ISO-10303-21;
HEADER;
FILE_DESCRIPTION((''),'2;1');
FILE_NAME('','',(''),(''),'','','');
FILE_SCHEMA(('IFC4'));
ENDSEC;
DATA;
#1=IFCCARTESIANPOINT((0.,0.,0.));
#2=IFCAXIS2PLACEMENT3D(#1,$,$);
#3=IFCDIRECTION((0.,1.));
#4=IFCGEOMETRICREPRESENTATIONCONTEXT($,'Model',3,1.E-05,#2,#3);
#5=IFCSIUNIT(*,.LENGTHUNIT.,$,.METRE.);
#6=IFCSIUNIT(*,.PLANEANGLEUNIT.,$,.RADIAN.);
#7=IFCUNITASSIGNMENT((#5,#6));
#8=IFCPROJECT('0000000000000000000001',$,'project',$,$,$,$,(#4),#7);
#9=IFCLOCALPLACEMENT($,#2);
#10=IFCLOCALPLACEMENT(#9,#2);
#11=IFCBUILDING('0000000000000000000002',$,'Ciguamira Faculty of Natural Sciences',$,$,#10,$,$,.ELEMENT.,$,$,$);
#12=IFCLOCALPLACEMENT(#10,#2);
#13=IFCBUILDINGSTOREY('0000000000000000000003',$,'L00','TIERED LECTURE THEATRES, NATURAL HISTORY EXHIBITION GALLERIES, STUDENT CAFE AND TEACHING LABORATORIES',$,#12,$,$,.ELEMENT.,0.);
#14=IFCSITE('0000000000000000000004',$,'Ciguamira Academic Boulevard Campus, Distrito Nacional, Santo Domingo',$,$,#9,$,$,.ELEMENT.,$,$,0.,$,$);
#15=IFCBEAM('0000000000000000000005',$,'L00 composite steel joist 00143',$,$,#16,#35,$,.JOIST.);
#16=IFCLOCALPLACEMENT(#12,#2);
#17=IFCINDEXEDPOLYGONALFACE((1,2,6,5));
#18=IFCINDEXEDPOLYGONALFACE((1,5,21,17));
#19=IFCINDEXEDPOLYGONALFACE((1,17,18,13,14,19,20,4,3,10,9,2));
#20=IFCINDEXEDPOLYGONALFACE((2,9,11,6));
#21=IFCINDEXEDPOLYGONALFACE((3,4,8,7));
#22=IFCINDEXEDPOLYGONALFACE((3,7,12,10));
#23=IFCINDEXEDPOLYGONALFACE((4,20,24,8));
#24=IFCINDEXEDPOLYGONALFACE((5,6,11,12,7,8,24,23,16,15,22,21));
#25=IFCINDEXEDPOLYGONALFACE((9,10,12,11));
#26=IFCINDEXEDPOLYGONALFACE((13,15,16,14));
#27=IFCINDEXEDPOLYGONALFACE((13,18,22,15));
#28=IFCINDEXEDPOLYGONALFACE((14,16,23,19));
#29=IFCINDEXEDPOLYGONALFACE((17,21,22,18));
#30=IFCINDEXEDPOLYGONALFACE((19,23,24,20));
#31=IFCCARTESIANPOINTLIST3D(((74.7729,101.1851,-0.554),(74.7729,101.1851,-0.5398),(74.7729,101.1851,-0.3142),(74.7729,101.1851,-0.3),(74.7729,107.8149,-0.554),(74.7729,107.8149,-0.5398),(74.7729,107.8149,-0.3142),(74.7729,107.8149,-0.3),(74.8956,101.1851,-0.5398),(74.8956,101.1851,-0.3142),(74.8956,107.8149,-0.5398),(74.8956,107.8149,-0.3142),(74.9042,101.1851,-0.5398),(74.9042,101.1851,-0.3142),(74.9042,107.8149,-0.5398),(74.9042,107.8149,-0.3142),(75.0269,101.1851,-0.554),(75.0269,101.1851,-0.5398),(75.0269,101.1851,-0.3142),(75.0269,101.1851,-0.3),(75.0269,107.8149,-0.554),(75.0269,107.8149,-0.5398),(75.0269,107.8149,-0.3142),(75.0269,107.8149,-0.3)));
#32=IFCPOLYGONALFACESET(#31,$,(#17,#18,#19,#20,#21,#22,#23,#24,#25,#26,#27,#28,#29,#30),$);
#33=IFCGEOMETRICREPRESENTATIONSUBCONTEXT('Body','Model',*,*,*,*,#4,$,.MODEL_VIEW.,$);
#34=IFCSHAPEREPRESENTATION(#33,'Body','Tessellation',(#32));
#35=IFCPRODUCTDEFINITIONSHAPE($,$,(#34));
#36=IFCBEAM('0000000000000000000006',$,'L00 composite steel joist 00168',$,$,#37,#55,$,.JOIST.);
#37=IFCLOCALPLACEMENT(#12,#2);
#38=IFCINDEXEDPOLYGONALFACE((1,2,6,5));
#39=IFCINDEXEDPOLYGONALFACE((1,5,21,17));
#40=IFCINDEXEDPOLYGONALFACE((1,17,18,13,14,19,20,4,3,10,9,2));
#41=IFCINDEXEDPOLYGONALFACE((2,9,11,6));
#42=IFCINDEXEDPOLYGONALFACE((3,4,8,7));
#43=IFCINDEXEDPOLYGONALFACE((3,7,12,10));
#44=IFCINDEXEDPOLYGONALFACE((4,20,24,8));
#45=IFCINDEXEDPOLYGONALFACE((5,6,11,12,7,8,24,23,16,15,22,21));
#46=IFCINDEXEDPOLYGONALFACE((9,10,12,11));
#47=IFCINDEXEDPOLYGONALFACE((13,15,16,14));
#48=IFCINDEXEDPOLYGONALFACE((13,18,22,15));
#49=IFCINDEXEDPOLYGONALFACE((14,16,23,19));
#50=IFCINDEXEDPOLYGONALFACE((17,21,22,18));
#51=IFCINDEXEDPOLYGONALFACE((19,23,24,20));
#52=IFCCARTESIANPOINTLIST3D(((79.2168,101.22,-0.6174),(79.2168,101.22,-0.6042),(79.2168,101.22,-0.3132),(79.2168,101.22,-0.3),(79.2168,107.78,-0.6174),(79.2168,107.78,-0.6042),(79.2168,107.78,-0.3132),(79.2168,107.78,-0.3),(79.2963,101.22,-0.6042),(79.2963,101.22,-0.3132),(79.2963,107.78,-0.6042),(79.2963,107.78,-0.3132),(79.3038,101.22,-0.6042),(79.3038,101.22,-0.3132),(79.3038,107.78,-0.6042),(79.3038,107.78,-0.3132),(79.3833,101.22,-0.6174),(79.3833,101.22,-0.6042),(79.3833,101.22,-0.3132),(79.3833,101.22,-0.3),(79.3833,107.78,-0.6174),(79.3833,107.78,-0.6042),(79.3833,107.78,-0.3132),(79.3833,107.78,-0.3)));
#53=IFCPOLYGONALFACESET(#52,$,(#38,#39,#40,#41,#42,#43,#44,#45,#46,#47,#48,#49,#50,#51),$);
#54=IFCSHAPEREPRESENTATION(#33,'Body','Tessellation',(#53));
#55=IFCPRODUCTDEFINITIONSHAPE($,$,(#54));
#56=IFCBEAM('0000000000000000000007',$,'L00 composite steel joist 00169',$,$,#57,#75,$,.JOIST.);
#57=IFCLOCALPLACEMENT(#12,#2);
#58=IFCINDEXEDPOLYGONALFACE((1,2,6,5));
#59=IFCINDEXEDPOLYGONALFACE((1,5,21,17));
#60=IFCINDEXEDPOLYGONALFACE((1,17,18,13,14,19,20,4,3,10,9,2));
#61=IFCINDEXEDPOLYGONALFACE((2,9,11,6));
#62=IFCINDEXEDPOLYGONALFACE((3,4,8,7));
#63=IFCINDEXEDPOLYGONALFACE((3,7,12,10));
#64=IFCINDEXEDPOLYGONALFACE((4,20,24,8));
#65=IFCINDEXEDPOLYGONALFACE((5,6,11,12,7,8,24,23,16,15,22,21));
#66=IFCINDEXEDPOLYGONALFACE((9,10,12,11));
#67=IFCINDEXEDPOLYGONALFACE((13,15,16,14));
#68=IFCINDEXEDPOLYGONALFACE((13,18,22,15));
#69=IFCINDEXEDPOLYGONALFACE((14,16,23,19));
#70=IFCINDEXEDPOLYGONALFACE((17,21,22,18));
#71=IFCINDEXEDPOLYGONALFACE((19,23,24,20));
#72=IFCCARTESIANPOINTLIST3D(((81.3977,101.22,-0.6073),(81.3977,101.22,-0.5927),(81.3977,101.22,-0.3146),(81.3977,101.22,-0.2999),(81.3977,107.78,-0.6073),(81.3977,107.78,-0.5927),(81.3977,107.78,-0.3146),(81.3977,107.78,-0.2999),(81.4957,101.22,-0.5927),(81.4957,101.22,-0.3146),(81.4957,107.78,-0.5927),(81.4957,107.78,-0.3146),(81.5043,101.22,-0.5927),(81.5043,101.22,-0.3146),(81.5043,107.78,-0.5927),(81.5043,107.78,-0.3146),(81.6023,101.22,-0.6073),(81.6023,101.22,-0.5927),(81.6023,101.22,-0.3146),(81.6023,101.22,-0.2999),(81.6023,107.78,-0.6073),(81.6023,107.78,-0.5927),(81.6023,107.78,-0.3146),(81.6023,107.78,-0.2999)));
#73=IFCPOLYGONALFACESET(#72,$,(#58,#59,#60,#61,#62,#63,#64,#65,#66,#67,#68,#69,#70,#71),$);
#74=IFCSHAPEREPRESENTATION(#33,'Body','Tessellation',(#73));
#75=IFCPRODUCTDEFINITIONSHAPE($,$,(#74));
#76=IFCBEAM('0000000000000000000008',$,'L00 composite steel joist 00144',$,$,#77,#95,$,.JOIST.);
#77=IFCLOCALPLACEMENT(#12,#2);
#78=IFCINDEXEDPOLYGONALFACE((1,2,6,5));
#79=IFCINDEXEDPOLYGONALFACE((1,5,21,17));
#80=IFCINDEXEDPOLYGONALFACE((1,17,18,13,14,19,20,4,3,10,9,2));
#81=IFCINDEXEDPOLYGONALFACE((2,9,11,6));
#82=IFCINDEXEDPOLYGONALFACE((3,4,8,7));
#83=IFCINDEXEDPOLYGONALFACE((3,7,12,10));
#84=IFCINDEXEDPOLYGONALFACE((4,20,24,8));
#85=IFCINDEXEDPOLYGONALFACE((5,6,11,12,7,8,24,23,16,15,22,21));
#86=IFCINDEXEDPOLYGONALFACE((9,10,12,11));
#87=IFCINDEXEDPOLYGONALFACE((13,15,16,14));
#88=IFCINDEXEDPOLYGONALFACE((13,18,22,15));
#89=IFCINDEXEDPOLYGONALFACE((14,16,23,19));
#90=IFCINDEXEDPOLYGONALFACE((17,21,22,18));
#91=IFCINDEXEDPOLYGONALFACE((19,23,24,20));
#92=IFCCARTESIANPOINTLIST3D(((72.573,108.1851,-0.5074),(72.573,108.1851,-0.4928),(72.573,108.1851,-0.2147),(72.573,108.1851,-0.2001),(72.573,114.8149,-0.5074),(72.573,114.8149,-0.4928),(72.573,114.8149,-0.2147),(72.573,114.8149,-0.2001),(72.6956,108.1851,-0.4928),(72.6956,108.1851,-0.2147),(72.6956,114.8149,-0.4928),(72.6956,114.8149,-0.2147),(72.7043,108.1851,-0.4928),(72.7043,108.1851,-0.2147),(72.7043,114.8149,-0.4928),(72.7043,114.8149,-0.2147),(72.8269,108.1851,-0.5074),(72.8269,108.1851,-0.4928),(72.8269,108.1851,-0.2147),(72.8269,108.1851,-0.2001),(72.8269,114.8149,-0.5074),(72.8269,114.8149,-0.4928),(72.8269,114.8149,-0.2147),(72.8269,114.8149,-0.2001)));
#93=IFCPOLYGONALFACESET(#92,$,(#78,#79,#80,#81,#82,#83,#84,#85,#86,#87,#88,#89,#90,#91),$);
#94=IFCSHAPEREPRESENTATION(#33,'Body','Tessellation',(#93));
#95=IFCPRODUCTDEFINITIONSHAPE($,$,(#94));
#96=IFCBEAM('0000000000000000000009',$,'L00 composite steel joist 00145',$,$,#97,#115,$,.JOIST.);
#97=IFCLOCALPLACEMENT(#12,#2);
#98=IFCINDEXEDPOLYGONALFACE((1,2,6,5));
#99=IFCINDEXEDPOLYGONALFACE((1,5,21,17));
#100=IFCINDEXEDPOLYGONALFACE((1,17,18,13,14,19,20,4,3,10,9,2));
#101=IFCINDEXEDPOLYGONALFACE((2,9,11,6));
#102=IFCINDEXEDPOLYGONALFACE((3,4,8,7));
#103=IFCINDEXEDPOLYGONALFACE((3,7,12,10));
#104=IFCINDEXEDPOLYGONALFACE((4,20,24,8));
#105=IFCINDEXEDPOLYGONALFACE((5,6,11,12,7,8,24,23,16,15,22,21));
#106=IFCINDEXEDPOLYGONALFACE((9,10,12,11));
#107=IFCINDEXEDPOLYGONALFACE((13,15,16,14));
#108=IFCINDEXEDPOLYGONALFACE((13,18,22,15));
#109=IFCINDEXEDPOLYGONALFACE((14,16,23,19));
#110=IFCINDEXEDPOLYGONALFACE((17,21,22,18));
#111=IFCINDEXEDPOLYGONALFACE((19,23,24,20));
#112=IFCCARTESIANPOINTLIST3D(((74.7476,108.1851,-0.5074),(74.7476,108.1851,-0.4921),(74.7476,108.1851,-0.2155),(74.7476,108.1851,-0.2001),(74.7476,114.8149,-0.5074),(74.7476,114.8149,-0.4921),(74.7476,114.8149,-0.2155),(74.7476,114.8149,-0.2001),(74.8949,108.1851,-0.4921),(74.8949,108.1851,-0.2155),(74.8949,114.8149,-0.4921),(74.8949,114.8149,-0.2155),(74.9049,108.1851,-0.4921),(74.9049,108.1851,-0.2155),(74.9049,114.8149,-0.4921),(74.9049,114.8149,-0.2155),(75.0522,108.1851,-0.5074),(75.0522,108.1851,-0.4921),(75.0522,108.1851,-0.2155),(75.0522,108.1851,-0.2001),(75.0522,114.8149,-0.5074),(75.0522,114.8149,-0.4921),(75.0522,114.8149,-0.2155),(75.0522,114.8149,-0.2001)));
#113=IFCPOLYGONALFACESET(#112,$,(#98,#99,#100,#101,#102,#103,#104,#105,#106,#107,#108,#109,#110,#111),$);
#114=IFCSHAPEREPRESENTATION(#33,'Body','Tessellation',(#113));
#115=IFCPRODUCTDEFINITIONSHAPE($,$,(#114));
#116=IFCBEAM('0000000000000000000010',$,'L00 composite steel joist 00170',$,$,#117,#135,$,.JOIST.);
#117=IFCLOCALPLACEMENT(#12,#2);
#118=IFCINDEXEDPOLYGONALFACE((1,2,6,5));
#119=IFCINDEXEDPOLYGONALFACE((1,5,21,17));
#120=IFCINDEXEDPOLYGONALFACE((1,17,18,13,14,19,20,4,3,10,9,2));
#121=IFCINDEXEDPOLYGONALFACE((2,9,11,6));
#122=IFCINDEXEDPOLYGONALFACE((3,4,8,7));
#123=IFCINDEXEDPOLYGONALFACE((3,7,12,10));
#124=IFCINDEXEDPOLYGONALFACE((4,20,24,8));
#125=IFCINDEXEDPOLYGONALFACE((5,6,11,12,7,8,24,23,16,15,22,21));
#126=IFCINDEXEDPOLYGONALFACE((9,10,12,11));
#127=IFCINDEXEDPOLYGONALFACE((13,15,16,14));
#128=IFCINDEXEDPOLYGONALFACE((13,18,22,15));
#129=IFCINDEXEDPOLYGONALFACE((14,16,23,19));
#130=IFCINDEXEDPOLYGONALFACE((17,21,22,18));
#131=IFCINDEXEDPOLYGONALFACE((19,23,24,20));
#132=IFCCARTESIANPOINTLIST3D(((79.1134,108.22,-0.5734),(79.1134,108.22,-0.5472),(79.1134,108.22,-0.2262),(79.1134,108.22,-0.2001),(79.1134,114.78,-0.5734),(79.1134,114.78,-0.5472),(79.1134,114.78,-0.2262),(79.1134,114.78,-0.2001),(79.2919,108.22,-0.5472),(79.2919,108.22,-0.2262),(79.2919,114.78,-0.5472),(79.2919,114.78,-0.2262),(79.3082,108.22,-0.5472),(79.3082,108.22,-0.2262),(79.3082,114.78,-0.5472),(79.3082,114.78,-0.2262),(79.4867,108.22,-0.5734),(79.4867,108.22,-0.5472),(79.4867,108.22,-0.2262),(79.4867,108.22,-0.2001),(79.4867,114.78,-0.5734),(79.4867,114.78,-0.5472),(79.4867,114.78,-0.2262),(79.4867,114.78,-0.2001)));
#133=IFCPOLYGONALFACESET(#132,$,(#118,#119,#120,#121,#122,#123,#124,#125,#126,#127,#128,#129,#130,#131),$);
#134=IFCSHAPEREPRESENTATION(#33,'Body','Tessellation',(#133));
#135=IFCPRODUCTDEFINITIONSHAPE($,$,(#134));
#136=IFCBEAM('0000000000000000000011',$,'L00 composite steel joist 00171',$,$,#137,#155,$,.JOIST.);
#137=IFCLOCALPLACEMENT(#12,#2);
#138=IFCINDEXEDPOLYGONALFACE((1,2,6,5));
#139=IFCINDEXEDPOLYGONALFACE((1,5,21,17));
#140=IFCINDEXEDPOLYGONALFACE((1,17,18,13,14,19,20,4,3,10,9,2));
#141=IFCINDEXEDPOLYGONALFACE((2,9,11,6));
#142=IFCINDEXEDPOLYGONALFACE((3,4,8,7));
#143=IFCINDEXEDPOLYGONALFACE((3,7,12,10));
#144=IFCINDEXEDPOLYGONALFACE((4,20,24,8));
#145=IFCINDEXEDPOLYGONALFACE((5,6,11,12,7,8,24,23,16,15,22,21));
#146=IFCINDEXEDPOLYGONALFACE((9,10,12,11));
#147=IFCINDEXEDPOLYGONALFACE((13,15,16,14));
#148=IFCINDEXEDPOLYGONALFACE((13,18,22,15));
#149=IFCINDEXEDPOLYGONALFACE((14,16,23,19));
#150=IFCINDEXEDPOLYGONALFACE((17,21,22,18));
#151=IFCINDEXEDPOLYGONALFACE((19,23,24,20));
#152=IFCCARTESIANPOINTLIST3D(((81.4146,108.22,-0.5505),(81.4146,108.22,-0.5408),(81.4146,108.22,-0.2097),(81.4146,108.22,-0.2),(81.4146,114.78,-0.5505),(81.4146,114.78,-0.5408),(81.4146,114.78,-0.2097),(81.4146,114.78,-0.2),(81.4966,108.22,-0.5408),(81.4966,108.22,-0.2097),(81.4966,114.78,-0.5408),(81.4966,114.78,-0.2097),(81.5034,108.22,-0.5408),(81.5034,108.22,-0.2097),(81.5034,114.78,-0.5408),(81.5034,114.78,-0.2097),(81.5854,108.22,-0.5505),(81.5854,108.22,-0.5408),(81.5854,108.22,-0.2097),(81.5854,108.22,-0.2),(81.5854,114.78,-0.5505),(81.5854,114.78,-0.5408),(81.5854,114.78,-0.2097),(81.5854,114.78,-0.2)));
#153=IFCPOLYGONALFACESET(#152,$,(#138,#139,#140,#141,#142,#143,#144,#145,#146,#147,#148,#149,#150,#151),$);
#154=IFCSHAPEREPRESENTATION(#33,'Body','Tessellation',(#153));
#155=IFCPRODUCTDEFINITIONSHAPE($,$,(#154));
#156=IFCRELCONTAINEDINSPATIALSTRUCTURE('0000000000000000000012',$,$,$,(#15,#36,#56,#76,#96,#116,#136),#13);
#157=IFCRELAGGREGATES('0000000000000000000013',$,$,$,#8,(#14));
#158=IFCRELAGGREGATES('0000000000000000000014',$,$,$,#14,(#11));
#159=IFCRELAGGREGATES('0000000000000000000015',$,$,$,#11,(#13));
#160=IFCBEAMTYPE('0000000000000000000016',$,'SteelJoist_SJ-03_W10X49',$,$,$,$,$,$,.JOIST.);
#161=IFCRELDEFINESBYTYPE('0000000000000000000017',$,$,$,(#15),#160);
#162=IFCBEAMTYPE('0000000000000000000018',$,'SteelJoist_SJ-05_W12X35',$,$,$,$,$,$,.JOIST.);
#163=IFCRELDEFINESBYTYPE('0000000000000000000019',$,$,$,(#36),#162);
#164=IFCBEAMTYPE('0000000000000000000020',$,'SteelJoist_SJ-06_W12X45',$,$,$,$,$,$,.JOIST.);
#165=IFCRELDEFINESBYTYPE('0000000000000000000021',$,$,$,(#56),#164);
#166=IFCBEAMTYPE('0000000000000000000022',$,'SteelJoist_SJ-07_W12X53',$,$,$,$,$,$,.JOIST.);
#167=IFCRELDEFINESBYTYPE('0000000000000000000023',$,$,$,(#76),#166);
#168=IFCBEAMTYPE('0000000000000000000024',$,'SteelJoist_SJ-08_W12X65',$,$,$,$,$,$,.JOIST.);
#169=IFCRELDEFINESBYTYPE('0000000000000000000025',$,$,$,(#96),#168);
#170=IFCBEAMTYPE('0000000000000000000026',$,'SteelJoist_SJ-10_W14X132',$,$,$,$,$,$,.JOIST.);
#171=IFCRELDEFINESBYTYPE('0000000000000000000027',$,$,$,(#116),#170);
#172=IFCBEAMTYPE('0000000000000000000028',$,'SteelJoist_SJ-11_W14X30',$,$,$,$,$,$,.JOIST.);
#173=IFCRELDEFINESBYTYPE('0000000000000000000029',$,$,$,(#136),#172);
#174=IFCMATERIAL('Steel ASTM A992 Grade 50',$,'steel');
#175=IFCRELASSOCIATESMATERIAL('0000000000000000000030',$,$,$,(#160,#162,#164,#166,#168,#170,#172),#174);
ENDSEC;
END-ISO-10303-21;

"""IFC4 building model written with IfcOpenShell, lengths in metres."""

from ifc_helpers import new_model, si_unit, direction, frame, origin, origin_2d, place, context, subcontext, project, spatial, i_section, extrude, material, material_profile, profile_set, type_object, element, save


model = new_model("IFC4")

# Units and contexts
model_context = context("Model", 3, precision=1e-05, world=origin(), true_north=direction((0.0, 1.0)))
body_context = subcontext(model_context, "Body", "Model", "MODEL_VIEW")
ifc_project = project(units=[si_unit("LENGTHUNIT", "METRE"), si_unit("PLANEANGLEUNIT", "RADIAN")], contexts=[model_context])

# Site, building, storey
site_placement = place(None, origin())
site = spatial("IfcSite", under=ifc_project, at=site_placement, Name="Ciguamira Academic Boulevard Campus, Distrito Nacional, Santo Domingo", CompositionType="ELEMENT", RefElevation=0.0)
building_placement = place(site_placement, origin())
building = spatial("IfcBuilding", under=site, at=building_placement, Name="Ciguamira Faculty of Natural Sciences", CompositionType="ELEMENT")
storey_placement = place(building_placement, origin())
storey = spatial("IfcBuildingStorey", under=building, at=storey_placement, Name="L00", Description="TIERED LECTURE THEATRES, NATURAL HISTORY EXHIBITION GALLERIES, STUDENT CAFE AND TEACHING LABORATORIES", CompositionType="ELEMENT", Elevation=0.0)

# Beams
ifc_material_1 = material(Name="Steel ASTM A992 Grade 50", Category="steel")
ifc_material_profile_1 = material_profile(ifc_material_1, i_section(OverallWidth=0.2539, OverallDepth=0.2539, WebThickness=0.0085, FlangeThickness=0.0142, at=origin_2d()), Name="W10X49")
ifc_profile_set_1 = profile_set([ifc_material_profile_1], Name="Steel ASTM A992 Grade 50")
beam_type_1 = type_object("IfcBeamType", Name="SteelJoist_SJ-03_W10X49", PredefinedType="JOIST", material=ifc_profile_set_1)
beam_1_placement = place(storey_placement, frame((74.8999, 101.1851, -0.427), z_axis=(0.0, 1.0, 0.0), x_axis=(-1.0, 0.0, 0.0)))
element("IfcBeam", 1, at=beam_1_placement, inside=storey, type_object=beam_type_1, Name="L00 composite steel joist 00143", PredefinedType="JOIST", context=body_context, shape_type="SweptSolid", body=[
    extrude(i_section(OverallWidth=0.2539, OverallDepth=0.2539, WebThickness=0.0085, FlangeThickness=0.0142, at=origin_2d()), origin(), (0.0, 0.0, 1.0), 6.6299),
])
ifc_material_profile_2 = material_profile(ifc_material_1, i_section(OverallWidth=0.1665, OverallDepth=0.3174, WebThickness=0.0076, FlangeThickness=0.0132, at=origin_2d()), Name="W12X35")
ifc_profile_set_2 = profile_set([ifc_material_profile_2], Name="Steel ASTM A992 Grade 50")
beam_type_2 = type_object("IfcBeamType", Name="SteelJoist_SJ-05_W12X35", PredefinedType="JOIST", material=ifc_profile_set_2)
beam_2_placement = place(storey_placement, frame((79.3, 101.22, -0.4587), z_axis=(0.0, 1.0, 0.0), x_axis=(-1.0, 0.0, 0.0)))
element("IfcBeam", 2, at=beam_2_placement, inside=storey, type_object=beam_type_2, Name="L00 composite steel joist 00168", PredefinedType="JOIST", context=body_context, shape_type="SweptSolid", body=[
    extrude(i_section(OverallWidth=0.1665, OverallDepth=0.3174, WebThickness=0.0076, FlangeThickness=0.0132, at=origin_2d()), origin(), (0.0, 0.0, 1.0), 6.5601),
])
ifc_material_profile_3 = material_profile(ifc_material_1, i_section(OverallWidth=0.2046, OverallDepth=0.3074, WebThickness=0.0085, FlangeThickness=0.0146, at=origin_2d()), Name="W12X45")
ifc_profile_set_3 = profile_set([ifc_material_profile_3], Name="Steel ASTM A992 Grade 50")
beam_type_3 = type_object("IfcBeamType", Name="SteelJoist_SJ-06_W12X45", PredefinedType="JOIST", material=ifc_profile_set_3)
beam_3_placement = place(storey_placement, frame((81.5, 101.22, -0.4536), z_axis=(0.0, 1.0, 0.0), x_axis=(-1.0, 0.0, 0.0)))
element("IfcBeam", 3, at=beam_3_placement, inside=storey, type_object=beam_type_3, Name="L00 composite steel joist 00169", PredefinedType="JOIST", context=body_context, shape_type="SweptSolid", body=[
    extrude(i_section(OverallWidth=0.2046, OverallDepth=0.3074, WebThickness=0.0085, FlangeThickness=0.0146, at=origin_2d()), origin(), (0.0, 0.0, 1.0), 6.5601),
])
ifc_material_profile_4 = material_profile(ifc_material_1, i_section(OverallWidth=0.2539, OverallDepth=0.3074, WebThickness=0.0088, FlangeThickness=0.0146, at=origin_2d()), Name="W12X53")
ifc_profile_set_4 = profile_set([ifc_material_profile_4], Name="Steel ASTM A992 Grade 50")
beam_type_4 = type_object("IfcBeamType", Name="SteelJoist_SJ-07_W12X53", PredefinedType="JOIST", material=ifc_profile_set_4)
beam_4_placement = place(storey_placement, frame((72.7, 108.1851, -0.3538), z_axis=(0.0, 1.0, 0.0), x_axis=(-1.0, 0.0, 0.0)))
element("IfcBeam", 4, at=beam_4_placement, inside=storey, type_object=beam_type_4, Name="L00 composite steel joist 00144", PredefinedType="JOIST", context=body_context, shape_type="SweptSolid", body=[
    extrude(i_section(OverallWidth=0.2539, OverallDepth=0.3074, WebThickness=0.0088, FlangeThickness=0.0146, at=origin_2d()), origin(), (0.0, 0.0, 1.0), 6.6299),
])
ifc_material_profile_5 = material_profile(ifc_material_1, i_section(OverallWidth=0.3047, OverallDepth=0.3074, WebThickness=0.01, FlangeThickness=0.0154, at=origin_2d()), Name="W12X65")
ifc_profile_set_5 = profile_set([ifc_material_profile_5], Name="Steel ASTM A992 Grade 50")
beam_type_5 = type_object("IfcBeamType", Name="SteelJoist_SJ-08_W12X65", PredefinedType="JOIST", material=ifc_profile_set_5)
beam_5_placement = place(storey_placement, frame((74.8999, 108.1851, -0.3538), z_axis=(0.0, 1.0, 0.0), x_axis=(-1.0, 0.0, 0.0)))
element("IfcBeam", 5, at=beam_5_placement, inside=storey, type_object=beam_type_5, Name="L00 composite steel joist 00145", PredefinedType="JOIST", context=body_context, shape_type="SweptSolid", body=[
    extrude(i_section(OverallWidth=0.3047, OverallDepth=0.3074, WebThickness=0.01, FlangeThickness=0.0154, at=origin_2d()), origin(), (0.0, 0.0, 1.0), 6.6299),
])
ifc_material_profile_6 = material_profile(ifc_material_1, i_section(OverallWidth=0.3733, OverallDepth=0.3733, WebThickness=0.0164, FlangeThickness=0.0261, at=origin_2d()), Name="W14X132")
ifc_profile_set_6 = profile_set([ifc_material_profile_6], Name="Steel ASTM A992 Grade 50")
beam_type_6 = type_object("IfcBeamType", Name="SteelJoist_SJ-10_W14X132", PredefinedType="JOIST", material=ifc_profile_set_6)
beam_6_placement = place(storey_placement, frame((79.3, 108.22, -0.3867), z_axis=(0.0, 1.0, 0.0), x_axis=(-1.0, 0.0, 0.0)))
element("IfcBeam", 6, at=beam_6_placement, inside=storey, type_object=beam_type_6, Name="L00 composite steel joist 00170", PredefinedType="JOIST", context=body_context, shape_type="SweptSolid", body=[
    extrude(i_section(OverallWidth=0.3733, OverallDepth=0.3733, WebThickness=0.0164, FlangeThickness=0.0261, at=origin_2d()), origin(), (0.0, 0.0, 1.0), 6.5601),
])
ifc_material_profile_7 = material_profile(ifc_material_1, i_section(OverallWidth=0.1709, OverallDepth=0.3506, WebThickness=0.0068, FlangeThickness=0.0098, at=origin_2d()), Name="W14X30")
ifc_profile_set_7 = profile_set([ifc_material_profile_7], Name="Steel ASTM A992 Grade 50")
beam_type_7 = type_object("IfcBeamType", Name="SteelJoist_SJ-11_W14X30", PredefinedType="JOIST", material=ifc_profile_set_7)
beam_7_placement = place(storey_placement, frame((81.5, 108.22, -0.3752), z_axis=(0.0, 1.0, 0.0), x_axis=(-1.0, 0.0, 0.0)))
element("IfcBeam", 7, at=beam_7_placement, inside=storey, type_object=beam_type_7, Name="L00 composite steel joist 00171", PredefinedType="JOIST", context=body_context, shape_type="SweptSolid", body=[
    extrude(i_section(OverallWidth=0.1709, OverallDepth=0.3506, WebThickness=0.0068, FlangeThickness=0.0098, at=origin_2d()), origin(), (0.0, 0.0, 1.0), 6.5601),
])

save(model, "model.ifc")
